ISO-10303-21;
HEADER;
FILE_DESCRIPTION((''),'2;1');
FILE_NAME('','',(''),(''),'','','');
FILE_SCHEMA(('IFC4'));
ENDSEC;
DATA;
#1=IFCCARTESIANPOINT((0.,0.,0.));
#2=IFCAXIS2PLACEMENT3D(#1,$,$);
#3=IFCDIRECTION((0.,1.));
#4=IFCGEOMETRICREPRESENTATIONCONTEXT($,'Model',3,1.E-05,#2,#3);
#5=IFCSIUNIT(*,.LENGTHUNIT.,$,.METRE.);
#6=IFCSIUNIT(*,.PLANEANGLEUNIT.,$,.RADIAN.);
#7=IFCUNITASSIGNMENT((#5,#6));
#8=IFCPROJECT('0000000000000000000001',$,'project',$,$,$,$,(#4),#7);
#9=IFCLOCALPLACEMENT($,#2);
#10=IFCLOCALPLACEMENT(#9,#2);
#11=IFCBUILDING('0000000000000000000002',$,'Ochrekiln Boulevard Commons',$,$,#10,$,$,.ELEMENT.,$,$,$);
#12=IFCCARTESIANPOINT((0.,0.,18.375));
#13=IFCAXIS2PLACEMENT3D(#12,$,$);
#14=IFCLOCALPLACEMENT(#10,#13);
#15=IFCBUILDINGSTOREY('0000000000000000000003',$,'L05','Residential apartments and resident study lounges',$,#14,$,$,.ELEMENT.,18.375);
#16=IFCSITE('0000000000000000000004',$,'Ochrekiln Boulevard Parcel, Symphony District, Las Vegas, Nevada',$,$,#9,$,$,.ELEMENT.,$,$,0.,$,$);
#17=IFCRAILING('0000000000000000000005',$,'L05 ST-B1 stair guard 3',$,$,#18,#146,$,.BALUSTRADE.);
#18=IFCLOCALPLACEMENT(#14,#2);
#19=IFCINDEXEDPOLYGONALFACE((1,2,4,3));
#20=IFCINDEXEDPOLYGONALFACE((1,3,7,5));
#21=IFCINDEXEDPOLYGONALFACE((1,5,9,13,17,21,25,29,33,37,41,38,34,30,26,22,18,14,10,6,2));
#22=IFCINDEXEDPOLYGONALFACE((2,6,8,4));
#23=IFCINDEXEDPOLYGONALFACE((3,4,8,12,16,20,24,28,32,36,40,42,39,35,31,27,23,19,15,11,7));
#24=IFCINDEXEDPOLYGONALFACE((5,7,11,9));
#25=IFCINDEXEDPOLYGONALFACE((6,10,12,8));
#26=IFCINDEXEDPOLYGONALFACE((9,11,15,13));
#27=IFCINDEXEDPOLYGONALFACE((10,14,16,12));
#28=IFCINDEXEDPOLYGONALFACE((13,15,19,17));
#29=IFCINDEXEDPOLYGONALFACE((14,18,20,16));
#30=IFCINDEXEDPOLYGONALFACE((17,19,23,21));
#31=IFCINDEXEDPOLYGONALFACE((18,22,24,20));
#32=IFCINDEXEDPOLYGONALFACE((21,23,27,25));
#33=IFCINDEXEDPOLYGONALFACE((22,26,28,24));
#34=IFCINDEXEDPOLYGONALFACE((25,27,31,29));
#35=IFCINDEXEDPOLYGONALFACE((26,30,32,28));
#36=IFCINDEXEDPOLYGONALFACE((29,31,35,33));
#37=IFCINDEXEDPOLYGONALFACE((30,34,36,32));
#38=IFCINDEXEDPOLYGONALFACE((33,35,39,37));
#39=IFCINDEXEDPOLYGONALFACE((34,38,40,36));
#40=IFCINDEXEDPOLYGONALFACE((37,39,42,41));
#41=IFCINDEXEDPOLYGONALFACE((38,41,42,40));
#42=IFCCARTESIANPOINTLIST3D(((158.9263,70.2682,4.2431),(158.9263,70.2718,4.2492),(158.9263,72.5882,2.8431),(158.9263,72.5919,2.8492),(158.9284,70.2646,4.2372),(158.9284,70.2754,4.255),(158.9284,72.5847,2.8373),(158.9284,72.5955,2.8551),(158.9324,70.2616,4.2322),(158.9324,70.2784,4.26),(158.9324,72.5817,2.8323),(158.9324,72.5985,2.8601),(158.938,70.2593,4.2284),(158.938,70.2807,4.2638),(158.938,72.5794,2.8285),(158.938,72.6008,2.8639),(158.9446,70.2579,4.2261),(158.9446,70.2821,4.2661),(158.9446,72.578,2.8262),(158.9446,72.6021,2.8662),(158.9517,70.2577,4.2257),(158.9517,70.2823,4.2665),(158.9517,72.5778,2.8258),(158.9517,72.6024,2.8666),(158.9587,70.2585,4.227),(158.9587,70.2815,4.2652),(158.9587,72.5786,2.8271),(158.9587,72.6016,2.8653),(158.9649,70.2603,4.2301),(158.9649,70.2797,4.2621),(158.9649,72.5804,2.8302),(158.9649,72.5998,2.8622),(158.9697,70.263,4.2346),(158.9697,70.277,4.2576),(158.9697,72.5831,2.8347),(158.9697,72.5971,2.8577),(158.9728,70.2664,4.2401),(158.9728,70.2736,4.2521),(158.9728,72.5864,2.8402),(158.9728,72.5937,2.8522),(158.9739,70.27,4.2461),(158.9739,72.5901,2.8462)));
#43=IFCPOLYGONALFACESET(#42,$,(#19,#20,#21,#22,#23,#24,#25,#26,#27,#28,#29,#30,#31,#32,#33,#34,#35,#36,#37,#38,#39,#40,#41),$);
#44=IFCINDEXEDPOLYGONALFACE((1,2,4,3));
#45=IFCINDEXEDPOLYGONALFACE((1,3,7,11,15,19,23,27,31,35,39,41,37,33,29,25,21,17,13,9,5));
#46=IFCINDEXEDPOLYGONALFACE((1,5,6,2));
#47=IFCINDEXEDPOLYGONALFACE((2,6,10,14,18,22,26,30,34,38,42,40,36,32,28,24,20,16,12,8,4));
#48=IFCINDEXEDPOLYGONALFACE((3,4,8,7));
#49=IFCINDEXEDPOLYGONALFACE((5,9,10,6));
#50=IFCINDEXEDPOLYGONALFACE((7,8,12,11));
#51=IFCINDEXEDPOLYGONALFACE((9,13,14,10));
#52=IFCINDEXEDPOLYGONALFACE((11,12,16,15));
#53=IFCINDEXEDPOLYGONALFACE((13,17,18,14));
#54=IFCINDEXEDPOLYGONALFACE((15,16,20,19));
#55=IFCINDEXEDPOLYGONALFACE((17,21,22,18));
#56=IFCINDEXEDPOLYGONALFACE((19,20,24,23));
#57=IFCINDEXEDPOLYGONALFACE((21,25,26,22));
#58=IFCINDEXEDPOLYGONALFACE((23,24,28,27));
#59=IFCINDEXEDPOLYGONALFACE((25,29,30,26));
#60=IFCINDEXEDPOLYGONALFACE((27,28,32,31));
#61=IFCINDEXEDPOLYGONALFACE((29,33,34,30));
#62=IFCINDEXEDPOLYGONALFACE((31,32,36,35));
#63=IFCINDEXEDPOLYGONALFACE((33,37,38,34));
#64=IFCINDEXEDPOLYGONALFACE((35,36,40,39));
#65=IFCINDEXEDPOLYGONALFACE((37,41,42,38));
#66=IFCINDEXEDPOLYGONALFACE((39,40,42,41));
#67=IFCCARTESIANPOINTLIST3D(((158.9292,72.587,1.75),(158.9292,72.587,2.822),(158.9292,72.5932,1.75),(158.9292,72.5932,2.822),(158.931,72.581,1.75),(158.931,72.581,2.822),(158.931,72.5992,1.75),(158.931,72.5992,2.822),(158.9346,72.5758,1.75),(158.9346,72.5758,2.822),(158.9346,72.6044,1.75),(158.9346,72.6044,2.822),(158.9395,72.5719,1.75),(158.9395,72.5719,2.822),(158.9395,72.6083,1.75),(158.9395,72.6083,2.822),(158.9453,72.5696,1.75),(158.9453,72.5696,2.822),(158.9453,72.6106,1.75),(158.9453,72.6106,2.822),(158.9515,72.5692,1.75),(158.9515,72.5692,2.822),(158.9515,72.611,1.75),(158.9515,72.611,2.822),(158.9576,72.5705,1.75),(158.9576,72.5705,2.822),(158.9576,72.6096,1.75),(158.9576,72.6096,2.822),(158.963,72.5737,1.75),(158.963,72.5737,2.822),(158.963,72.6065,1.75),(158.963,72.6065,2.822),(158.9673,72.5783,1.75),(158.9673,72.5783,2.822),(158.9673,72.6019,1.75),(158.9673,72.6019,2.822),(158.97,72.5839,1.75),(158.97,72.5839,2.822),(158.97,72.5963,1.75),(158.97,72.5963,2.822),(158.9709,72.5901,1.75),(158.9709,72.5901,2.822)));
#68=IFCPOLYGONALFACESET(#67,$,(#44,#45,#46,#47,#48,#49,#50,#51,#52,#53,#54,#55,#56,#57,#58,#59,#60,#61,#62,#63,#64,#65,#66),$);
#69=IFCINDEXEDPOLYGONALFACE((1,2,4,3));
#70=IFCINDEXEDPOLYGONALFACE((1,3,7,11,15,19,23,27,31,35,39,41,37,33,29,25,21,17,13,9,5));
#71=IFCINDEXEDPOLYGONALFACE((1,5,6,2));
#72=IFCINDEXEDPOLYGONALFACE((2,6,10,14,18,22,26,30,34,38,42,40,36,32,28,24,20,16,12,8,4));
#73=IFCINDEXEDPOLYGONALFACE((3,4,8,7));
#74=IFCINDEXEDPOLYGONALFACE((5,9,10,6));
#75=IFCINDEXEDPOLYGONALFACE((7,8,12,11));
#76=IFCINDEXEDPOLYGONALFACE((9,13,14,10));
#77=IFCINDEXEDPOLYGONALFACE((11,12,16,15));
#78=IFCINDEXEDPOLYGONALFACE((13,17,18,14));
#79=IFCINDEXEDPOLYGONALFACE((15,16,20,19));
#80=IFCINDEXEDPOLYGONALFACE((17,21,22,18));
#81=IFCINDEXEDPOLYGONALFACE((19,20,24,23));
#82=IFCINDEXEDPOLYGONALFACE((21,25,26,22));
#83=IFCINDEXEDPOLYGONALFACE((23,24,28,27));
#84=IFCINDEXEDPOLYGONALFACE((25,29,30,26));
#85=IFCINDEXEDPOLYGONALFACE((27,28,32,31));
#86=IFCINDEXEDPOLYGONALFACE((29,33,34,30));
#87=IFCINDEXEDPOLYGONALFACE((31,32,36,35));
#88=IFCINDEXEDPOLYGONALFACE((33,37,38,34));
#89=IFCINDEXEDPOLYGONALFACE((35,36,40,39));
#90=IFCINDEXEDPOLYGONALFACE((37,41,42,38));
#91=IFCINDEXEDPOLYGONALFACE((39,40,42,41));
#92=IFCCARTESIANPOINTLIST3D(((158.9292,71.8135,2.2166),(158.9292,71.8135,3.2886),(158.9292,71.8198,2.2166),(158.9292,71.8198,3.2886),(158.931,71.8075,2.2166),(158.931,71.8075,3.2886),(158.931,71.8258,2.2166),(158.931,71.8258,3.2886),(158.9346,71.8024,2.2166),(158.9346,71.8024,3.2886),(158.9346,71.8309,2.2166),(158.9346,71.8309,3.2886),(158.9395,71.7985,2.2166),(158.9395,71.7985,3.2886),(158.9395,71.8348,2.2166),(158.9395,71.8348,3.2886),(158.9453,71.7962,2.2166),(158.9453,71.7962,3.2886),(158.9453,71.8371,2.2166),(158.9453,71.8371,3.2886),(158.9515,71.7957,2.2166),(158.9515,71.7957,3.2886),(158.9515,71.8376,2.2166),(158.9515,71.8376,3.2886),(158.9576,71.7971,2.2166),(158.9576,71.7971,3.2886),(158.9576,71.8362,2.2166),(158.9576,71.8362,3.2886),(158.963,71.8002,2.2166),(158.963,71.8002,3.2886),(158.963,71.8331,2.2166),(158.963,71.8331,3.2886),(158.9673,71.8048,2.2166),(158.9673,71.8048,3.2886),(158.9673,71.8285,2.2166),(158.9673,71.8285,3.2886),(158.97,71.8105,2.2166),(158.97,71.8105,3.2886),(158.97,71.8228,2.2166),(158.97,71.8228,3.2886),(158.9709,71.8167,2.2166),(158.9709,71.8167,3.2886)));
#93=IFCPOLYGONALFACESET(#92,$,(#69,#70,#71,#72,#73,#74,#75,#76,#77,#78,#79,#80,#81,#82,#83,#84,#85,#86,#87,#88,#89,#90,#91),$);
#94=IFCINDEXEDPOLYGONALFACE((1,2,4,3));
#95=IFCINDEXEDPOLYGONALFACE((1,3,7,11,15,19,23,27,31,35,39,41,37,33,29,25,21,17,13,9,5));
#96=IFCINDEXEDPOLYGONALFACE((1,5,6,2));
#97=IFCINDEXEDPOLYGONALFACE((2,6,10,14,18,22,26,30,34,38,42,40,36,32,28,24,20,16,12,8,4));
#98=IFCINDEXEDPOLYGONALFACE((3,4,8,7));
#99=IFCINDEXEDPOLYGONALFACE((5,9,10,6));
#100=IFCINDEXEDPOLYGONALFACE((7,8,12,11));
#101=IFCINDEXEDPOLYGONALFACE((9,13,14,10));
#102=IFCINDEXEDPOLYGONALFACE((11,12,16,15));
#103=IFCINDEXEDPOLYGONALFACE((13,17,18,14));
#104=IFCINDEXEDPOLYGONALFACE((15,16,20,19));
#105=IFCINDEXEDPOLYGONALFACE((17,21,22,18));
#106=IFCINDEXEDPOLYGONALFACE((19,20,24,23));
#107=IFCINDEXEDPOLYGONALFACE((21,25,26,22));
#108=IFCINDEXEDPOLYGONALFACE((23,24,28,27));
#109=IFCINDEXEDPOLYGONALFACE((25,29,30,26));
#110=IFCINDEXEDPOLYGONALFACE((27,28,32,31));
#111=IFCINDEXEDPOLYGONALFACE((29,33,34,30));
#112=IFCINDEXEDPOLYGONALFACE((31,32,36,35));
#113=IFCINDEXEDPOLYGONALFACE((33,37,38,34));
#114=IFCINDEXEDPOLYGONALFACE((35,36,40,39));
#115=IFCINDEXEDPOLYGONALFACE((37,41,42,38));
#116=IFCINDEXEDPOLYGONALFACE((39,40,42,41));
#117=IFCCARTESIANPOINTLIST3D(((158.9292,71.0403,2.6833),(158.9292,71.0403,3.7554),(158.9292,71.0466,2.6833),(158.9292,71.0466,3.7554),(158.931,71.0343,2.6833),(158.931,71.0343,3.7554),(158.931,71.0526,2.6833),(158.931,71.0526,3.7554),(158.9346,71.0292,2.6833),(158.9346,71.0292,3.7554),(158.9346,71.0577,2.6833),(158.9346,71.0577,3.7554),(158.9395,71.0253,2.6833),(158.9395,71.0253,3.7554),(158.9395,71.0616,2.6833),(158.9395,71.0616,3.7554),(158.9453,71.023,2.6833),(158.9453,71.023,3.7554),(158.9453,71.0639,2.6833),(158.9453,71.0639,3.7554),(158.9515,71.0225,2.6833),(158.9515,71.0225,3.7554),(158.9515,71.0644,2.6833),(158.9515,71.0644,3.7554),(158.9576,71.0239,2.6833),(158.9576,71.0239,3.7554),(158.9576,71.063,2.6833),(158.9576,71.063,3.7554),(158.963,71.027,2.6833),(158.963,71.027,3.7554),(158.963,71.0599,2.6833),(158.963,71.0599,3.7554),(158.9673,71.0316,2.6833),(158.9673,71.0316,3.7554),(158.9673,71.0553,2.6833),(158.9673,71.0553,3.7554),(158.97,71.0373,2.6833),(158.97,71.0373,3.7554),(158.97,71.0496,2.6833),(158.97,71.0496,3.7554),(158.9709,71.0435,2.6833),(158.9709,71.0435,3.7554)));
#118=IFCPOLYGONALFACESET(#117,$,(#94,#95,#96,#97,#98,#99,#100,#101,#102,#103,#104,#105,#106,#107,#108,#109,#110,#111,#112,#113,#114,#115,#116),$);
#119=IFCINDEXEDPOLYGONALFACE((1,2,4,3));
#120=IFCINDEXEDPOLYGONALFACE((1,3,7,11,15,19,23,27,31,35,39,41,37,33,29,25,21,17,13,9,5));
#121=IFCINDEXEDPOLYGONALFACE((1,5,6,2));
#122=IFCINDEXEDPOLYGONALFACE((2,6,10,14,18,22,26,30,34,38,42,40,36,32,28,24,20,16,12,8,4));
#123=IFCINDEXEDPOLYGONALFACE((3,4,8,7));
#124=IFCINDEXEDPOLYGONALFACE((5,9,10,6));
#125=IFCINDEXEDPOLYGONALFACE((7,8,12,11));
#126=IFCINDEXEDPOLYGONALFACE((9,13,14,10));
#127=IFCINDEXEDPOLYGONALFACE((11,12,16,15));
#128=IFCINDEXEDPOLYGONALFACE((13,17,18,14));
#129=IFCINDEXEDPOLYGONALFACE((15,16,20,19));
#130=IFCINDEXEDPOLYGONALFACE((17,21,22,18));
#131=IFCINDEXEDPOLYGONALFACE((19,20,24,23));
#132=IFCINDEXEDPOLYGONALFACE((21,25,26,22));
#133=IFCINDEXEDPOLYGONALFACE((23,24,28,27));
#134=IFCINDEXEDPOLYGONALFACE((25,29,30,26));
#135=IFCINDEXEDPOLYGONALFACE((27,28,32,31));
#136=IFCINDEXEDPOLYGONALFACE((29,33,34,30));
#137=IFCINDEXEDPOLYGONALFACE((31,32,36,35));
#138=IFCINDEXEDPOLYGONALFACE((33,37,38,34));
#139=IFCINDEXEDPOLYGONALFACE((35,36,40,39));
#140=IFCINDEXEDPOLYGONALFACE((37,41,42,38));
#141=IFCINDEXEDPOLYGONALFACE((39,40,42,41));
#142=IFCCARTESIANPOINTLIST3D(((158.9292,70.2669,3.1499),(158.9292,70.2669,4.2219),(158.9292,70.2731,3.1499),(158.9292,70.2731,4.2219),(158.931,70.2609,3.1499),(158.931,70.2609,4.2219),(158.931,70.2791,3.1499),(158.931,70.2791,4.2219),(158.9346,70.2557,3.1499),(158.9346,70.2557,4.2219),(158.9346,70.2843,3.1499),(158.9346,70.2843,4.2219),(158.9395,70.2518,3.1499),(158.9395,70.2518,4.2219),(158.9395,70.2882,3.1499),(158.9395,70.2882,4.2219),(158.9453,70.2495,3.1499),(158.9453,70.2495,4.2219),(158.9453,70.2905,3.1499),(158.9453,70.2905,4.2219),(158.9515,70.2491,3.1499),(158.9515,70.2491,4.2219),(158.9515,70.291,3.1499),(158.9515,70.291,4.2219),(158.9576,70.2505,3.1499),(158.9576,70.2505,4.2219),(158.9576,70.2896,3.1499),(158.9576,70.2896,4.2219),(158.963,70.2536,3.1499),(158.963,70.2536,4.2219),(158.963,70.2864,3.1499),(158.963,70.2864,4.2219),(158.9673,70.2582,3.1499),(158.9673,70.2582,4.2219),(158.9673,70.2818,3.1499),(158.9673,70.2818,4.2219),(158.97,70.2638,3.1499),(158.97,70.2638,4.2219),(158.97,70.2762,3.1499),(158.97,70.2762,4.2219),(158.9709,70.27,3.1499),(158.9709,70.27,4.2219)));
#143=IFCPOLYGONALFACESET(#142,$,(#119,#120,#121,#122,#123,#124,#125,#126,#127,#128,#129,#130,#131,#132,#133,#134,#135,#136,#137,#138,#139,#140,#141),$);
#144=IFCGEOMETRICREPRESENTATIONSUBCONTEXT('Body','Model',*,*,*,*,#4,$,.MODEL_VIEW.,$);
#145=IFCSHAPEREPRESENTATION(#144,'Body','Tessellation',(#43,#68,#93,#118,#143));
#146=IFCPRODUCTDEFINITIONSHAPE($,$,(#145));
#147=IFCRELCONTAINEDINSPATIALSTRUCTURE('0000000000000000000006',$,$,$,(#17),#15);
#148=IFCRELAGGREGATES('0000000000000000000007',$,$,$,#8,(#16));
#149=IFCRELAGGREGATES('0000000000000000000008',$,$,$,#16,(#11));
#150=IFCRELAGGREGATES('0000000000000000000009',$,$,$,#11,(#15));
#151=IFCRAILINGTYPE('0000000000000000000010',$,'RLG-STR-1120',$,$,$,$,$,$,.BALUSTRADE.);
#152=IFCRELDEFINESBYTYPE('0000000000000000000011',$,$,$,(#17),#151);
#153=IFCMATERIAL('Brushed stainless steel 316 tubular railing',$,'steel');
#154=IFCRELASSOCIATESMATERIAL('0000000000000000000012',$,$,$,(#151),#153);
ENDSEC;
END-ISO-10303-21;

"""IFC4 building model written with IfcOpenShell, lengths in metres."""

from ifc_helpers import new_model, si_unit, direction, frame, origin, origin_2d, place, context, subcontext, project, spatial, circle, extrude, material, type_object, element, save


model = new_model("IFC4")

# Units and contexts
model_context = context("Model", 3, precision=1e-05, world=origin(), true_north=direction((0.0, 1.0)))
body_context = subcontext(model_context, "Body", "Model", "MODEL_VIEW")
ifc_project = project(units=[si_unit("LENGTHUNIT", "METRE"), si_unit("PLANEANGLEUNIT", "RADIAN")], contexts=[model_context])

# Site, building, storey
site_placement = place(None, origin())
site = spatial("IfcSite", under=ifc_project, at=site_placement, Name="Ochrekiln Boulevard Parcel, Symphony District, Las Vegas, Nevada", CompositionType="ELEMENT", RefElevation=0.0)
building_placement = place(site_placement, origin())
building = spatial("IfcBuilding", under=site, at=building_placement, Name="Ochrekiln Boulevard Commons", CompositionType="ELEMENT")
storey_placement = place(building_placement, frame((0.0, 0.0, 18.375)))
storey = spatial("IfcBuildingStorey", under=building, at=storey_placement, Name="L05", Description="Residential apartments and resident study lounges", CompositionType="ELEMENT", Elevation=18.375)

# Railing
ifc_material_1 = material(Name="Brushed stainless steel 316 tubular railing", Category="steel")
railing_type_1 = type_object("IfcRailingType", Name="RLG-STR-1120", PredefinedType="BALUSTRADE", material=ifc_material_1)
railing_1_placement = place(storey_placement, frame((158.95, 72.5901, 1.75)))
element("IfcRailing", 1, at=railing_1_placement, inside=storey, type_object=railing_type_1, Name="L05 ST-B1 stair guard 3", PredefinedType="BALUSTRADE", context=body_context, shape_type="SweptSolid", body=[
    extrude(circle(Radius=0.0239, at=origin_2d()), frame((0.0, 0.0, 1.0962), z_axis=(0.0, -0.85621, 0.516627), x_axis=(1.0, 0.0, 0.0)), (0.0, 0.0, 1.0), 2.7097),
    extrude(circle(Radius=0.021, at=origin_2d()), origin(), (0.0, 0.0, 1.0), 1.072),
    extrude(circle(Radius=0.021, at=origin_2d()), frame((0.0, -0.7734, 0.4666)), (0.0, 0.0, 1.0), 1.072),
    extrude(circle(Radius=0.021, at=origin_2d()), frame((0.0, -1.5466, 0.9333)), (0.0, 0.0, 1.0), 1.072),
    extrude(circle(Radius=0.021, at=origin_2d()), frame((0.0, -2.3201, 1.3999)), (0.0, 0.0, 1.0), 1.072),
])

save(model, "model.ifc")
